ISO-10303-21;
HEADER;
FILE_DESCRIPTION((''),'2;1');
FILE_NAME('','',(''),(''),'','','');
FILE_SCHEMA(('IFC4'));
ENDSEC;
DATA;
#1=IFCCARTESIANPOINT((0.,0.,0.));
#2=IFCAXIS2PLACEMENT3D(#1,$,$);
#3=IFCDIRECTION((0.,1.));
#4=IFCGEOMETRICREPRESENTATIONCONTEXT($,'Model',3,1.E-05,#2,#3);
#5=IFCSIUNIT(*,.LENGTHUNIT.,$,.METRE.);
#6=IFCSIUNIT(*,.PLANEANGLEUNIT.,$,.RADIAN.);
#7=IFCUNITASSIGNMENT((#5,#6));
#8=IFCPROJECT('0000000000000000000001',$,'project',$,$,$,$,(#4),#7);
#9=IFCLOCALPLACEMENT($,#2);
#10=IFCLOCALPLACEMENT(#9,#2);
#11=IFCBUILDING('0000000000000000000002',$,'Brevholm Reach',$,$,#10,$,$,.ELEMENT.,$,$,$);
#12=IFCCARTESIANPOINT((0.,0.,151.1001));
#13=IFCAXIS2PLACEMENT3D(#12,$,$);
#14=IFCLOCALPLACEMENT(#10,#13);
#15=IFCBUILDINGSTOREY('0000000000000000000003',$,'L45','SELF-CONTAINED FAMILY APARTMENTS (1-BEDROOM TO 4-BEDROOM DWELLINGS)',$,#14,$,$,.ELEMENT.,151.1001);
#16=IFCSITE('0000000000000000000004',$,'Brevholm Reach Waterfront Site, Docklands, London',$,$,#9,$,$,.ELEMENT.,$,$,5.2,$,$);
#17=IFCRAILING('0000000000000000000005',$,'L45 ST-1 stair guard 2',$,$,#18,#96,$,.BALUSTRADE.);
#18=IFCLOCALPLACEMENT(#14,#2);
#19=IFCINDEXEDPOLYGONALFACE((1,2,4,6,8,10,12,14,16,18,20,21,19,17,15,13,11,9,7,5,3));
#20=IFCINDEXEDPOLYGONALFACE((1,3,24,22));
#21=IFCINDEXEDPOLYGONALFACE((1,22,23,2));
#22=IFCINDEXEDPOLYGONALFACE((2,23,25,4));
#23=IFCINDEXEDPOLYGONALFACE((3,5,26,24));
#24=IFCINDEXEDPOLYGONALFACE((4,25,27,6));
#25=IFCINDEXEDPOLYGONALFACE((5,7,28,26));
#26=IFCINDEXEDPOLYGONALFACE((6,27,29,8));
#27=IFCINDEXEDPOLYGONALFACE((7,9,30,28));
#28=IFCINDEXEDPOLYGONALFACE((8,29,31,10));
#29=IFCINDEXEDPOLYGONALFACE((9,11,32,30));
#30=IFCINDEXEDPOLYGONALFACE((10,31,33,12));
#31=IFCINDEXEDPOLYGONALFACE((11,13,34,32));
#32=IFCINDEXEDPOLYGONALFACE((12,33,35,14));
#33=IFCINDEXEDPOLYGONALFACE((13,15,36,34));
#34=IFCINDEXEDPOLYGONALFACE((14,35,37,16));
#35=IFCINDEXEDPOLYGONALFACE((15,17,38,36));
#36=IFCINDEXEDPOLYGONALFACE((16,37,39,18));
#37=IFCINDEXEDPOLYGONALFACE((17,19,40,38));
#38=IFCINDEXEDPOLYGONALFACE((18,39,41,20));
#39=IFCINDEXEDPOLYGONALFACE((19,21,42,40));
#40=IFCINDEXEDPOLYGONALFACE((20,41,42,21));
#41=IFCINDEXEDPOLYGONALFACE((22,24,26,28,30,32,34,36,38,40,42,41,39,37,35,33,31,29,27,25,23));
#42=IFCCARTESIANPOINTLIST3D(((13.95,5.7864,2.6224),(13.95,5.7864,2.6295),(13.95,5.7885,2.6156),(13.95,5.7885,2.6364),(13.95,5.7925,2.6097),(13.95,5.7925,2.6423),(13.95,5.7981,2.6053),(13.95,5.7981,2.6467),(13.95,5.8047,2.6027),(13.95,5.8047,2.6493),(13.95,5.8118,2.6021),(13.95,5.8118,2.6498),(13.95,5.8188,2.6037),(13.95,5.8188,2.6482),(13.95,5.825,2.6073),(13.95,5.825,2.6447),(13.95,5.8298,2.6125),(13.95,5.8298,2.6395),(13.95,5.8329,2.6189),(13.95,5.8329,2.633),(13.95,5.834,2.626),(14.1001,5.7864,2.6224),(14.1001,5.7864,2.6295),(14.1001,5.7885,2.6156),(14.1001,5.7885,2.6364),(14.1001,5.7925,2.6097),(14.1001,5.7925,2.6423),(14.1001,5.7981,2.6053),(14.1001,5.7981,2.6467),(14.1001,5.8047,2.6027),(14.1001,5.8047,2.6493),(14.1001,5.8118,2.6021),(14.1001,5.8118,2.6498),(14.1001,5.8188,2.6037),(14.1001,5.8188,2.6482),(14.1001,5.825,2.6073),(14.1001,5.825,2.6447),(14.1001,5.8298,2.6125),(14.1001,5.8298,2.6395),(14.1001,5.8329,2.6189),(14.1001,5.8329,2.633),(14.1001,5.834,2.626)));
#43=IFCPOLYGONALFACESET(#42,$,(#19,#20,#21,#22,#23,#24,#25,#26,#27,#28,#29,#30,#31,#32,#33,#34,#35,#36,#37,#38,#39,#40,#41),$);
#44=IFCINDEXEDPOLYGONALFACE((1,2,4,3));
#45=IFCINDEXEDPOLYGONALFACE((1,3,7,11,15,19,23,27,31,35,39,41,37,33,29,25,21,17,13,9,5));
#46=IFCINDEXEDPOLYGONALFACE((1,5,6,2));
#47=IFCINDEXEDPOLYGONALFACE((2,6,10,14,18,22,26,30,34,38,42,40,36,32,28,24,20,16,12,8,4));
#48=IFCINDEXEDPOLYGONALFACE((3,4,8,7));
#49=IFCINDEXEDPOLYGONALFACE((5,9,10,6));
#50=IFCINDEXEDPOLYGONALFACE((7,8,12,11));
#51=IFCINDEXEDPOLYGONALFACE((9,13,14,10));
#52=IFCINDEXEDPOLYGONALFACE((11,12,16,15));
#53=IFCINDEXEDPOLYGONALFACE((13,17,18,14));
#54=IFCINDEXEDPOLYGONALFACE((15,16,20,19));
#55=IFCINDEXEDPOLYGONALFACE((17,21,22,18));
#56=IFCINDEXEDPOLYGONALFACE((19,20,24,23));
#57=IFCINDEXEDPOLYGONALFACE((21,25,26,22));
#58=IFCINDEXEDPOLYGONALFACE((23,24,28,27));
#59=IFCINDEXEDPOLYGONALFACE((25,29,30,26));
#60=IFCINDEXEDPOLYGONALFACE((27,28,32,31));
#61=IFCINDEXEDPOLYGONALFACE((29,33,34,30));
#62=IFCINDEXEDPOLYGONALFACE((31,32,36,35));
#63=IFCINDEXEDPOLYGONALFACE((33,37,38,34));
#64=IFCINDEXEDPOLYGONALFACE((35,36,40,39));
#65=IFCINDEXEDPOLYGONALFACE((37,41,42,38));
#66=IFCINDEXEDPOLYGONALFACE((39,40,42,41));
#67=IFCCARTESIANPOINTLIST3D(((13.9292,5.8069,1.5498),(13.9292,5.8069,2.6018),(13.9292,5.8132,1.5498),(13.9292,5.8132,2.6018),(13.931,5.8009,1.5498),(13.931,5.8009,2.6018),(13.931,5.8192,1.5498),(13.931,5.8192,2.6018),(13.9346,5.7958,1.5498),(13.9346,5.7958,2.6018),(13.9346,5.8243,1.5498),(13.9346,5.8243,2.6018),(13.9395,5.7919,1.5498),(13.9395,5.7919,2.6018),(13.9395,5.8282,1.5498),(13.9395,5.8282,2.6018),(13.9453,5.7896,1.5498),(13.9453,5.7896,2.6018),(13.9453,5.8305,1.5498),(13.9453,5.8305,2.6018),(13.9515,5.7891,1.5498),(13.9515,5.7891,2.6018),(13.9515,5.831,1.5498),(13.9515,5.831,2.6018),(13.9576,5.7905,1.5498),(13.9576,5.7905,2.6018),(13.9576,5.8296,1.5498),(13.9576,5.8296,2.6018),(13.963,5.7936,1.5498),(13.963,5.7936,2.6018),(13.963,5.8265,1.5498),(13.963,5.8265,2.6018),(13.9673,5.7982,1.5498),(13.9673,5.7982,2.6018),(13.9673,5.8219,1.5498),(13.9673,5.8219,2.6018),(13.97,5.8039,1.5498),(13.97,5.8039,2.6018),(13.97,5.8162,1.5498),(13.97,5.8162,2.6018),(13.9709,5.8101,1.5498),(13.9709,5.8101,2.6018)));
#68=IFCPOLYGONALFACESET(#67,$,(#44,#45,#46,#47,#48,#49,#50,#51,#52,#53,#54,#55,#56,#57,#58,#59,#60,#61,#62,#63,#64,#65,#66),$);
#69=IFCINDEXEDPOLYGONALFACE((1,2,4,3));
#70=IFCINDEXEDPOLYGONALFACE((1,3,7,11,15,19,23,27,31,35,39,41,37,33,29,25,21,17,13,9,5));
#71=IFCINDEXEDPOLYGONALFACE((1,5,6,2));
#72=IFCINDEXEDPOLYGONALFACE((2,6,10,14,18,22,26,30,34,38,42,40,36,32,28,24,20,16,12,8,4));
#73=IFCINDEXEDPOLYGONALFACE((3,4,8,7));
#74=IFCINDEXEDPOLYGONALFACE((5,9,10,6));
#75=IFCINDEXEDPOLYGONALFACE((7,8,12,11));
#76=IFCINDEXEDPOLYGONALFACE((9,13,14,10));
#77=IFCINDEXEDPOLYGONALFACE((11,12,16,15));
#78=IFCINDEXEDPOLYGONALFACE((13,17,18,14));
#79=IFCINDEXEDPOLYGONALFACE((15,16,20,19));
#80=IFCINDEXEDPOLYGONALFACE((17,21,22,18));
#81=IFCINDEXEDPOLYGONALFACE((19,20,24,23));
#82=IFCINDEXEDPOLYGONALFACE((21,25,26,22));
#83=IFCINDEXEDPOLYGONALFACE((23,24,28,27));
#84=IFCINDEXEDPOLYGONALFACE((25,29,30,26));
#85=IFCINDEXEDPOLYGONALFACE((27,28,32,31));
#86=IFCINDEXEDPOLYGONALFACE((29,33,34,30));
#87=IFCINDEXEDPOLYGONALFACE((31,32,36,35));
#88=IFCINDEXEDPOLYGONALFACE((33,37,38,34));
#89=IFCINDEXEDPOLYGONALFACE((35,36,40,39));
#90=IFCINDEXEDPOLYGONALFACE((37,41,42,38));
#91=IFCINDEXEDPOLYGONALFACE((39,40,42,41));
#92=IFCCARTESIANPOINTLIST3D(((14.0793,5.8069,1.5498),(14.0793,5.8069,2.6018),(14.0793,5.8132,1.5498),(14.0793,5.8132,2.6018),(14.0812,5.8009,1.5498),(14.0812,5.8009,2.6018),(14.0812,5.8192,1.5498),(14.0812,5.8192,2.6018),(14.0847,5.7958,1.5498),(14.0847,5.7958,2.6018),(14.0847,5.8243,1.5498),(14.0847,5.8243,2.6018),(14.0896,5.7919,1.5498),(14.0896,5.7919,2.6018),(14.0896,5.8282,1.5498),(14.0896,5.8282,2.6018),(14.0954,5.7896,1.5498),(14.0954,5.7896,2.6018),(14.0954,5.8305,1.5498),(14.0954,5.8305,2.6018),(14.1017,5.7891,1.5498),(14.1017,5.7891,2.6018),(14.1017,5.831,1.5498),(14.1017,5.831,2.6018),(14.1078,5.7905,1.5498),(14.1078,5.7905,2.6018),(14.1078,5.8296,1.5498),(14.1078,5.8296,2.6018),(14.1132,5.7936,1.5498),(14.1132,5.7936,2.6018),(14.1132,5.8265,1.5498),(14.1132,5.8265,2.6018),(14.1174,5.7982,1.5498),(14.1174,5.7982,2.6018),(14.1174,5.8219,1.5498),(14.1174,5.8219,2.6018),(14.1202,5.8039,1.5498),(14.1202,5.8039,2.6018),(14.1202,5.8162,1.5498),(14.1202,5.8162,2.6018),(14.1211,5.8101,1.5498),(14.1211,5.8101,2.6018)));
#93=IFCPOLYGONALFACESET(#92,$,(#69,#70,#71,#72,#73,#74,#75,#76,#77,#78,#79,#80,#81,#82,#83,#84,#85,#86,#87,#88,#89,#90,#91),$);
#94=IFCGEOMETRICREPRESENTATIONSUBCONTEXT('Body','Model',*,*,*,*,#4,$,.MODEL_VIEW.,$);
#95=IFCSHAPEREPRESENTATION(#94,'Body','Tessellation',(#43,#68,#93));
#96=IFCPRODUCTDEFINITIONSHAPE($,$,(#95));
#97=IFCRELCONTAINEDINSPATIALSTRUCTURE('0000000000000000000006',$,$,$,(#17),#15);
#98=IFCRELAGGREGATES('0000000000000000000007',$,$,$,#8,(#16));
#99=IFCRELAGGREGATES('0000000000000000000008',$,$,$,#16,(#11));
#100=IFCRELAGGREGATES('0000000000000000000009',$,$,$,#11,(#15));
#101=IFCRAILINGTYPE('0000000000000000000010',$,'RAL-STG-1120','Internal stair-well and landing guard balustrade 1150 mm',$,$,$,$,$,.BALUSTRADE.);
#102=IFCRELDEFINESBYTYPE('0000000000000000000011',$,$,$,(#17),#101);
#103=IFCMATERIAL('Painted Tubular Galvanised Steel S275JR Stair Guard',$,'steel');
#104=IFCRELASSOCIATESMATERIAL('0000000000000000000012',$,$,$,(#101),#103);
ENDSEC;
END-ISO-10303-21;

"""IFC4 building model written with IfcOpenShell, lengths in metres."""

from ifc_helpers import new_model, si_unit, direction, frame, origin, origin_2d, place, context, subcontext, project, spatial, circle, extrude, material, type_object, element, save


model = new_model("IFC4")

# Units and contexts
model_context = context("Model", 3, precision=1e-05, world=origin(), true_north=direction((0.0, 1.0)))
body_context = subcontext(model_context, "Body", "Model", "MODEL_VIEW")
ifc_project = project(units=[si_unit("LENGTHUNIT", "METRE"), si_unit("PLANEANGLEUNIT", "RADIAN")], contexts=[model_context])

# Site, building, storey
site_placement = place(None, origin())
site = spatial("IfcSite", under=ifc_project, at=site_placement, Name="Brevholm Reach Waterfront Site, Docklands, London", CompositionType="ELEMENT", RefElevation=5.2)
building_placement = place(site_placement, origin())
building = spatial("IfcBuilding", under=site, at=building_placement, Name="Brevholm Reach", CompositionType="ELEMENT")
storey_placement = place(building_placement, frame((0.0, 0.0, 151.1001)))
storey = spatial("IfcBuildingStorey", under=building, at=storey_placement, Name="L45", Description="SELF-CONTAINED FAMILY APARTMENTS (1-BEDROOM TO 4-BEDROOM DWELLINGS)", CompositionType="ELEMENT", Elevation=151.1001)

# Railing
ifc_material_1 = material(Name="Painted Tubular Galvanised Steel S275JR Stair Guard", Category="steel")
railing_type_1 = type_object("IfcRailingType", Name="RAL-STG-1120", Description="Internal stair-well and landing guard balustrade 1150 mm", PredefinedType="BALUSTRADE", material=ifc_material_1)
railing_1_placement = place(storey_placement, frame((13.95, 5.8101, 1.5498)))
element("IfcRailing", 1, at=railing_1_placement, inside=storey, type_object=railing_type_1, Name="L45 ST-1 stair guard 2", PredefinedType="BALUSTRADE", context=body_context, shape_type="SweptSolid", body=[
    extrude(circle(Radius=0.0239, at=origin_2d()), frame((0.0, 0.0, 1.0762), z_axis=(1.0, 0.0, 0.0), x_axis=(0.0, 1.0, 0.0)), (0.0, 0.0, 1.0), 0.1501),
    extrude(circle(Radius=0.021, at=origin_2d()), origin(), (0.0, 0.0, 1.0), 1.052),
    extrude(circle(Radius=0.021, at=origin_2d()), frame((0.1501, 0.0, 0.0)), (0.0, 0.0, 1.0), 1.052),
])

save(model, "model.ifc")
